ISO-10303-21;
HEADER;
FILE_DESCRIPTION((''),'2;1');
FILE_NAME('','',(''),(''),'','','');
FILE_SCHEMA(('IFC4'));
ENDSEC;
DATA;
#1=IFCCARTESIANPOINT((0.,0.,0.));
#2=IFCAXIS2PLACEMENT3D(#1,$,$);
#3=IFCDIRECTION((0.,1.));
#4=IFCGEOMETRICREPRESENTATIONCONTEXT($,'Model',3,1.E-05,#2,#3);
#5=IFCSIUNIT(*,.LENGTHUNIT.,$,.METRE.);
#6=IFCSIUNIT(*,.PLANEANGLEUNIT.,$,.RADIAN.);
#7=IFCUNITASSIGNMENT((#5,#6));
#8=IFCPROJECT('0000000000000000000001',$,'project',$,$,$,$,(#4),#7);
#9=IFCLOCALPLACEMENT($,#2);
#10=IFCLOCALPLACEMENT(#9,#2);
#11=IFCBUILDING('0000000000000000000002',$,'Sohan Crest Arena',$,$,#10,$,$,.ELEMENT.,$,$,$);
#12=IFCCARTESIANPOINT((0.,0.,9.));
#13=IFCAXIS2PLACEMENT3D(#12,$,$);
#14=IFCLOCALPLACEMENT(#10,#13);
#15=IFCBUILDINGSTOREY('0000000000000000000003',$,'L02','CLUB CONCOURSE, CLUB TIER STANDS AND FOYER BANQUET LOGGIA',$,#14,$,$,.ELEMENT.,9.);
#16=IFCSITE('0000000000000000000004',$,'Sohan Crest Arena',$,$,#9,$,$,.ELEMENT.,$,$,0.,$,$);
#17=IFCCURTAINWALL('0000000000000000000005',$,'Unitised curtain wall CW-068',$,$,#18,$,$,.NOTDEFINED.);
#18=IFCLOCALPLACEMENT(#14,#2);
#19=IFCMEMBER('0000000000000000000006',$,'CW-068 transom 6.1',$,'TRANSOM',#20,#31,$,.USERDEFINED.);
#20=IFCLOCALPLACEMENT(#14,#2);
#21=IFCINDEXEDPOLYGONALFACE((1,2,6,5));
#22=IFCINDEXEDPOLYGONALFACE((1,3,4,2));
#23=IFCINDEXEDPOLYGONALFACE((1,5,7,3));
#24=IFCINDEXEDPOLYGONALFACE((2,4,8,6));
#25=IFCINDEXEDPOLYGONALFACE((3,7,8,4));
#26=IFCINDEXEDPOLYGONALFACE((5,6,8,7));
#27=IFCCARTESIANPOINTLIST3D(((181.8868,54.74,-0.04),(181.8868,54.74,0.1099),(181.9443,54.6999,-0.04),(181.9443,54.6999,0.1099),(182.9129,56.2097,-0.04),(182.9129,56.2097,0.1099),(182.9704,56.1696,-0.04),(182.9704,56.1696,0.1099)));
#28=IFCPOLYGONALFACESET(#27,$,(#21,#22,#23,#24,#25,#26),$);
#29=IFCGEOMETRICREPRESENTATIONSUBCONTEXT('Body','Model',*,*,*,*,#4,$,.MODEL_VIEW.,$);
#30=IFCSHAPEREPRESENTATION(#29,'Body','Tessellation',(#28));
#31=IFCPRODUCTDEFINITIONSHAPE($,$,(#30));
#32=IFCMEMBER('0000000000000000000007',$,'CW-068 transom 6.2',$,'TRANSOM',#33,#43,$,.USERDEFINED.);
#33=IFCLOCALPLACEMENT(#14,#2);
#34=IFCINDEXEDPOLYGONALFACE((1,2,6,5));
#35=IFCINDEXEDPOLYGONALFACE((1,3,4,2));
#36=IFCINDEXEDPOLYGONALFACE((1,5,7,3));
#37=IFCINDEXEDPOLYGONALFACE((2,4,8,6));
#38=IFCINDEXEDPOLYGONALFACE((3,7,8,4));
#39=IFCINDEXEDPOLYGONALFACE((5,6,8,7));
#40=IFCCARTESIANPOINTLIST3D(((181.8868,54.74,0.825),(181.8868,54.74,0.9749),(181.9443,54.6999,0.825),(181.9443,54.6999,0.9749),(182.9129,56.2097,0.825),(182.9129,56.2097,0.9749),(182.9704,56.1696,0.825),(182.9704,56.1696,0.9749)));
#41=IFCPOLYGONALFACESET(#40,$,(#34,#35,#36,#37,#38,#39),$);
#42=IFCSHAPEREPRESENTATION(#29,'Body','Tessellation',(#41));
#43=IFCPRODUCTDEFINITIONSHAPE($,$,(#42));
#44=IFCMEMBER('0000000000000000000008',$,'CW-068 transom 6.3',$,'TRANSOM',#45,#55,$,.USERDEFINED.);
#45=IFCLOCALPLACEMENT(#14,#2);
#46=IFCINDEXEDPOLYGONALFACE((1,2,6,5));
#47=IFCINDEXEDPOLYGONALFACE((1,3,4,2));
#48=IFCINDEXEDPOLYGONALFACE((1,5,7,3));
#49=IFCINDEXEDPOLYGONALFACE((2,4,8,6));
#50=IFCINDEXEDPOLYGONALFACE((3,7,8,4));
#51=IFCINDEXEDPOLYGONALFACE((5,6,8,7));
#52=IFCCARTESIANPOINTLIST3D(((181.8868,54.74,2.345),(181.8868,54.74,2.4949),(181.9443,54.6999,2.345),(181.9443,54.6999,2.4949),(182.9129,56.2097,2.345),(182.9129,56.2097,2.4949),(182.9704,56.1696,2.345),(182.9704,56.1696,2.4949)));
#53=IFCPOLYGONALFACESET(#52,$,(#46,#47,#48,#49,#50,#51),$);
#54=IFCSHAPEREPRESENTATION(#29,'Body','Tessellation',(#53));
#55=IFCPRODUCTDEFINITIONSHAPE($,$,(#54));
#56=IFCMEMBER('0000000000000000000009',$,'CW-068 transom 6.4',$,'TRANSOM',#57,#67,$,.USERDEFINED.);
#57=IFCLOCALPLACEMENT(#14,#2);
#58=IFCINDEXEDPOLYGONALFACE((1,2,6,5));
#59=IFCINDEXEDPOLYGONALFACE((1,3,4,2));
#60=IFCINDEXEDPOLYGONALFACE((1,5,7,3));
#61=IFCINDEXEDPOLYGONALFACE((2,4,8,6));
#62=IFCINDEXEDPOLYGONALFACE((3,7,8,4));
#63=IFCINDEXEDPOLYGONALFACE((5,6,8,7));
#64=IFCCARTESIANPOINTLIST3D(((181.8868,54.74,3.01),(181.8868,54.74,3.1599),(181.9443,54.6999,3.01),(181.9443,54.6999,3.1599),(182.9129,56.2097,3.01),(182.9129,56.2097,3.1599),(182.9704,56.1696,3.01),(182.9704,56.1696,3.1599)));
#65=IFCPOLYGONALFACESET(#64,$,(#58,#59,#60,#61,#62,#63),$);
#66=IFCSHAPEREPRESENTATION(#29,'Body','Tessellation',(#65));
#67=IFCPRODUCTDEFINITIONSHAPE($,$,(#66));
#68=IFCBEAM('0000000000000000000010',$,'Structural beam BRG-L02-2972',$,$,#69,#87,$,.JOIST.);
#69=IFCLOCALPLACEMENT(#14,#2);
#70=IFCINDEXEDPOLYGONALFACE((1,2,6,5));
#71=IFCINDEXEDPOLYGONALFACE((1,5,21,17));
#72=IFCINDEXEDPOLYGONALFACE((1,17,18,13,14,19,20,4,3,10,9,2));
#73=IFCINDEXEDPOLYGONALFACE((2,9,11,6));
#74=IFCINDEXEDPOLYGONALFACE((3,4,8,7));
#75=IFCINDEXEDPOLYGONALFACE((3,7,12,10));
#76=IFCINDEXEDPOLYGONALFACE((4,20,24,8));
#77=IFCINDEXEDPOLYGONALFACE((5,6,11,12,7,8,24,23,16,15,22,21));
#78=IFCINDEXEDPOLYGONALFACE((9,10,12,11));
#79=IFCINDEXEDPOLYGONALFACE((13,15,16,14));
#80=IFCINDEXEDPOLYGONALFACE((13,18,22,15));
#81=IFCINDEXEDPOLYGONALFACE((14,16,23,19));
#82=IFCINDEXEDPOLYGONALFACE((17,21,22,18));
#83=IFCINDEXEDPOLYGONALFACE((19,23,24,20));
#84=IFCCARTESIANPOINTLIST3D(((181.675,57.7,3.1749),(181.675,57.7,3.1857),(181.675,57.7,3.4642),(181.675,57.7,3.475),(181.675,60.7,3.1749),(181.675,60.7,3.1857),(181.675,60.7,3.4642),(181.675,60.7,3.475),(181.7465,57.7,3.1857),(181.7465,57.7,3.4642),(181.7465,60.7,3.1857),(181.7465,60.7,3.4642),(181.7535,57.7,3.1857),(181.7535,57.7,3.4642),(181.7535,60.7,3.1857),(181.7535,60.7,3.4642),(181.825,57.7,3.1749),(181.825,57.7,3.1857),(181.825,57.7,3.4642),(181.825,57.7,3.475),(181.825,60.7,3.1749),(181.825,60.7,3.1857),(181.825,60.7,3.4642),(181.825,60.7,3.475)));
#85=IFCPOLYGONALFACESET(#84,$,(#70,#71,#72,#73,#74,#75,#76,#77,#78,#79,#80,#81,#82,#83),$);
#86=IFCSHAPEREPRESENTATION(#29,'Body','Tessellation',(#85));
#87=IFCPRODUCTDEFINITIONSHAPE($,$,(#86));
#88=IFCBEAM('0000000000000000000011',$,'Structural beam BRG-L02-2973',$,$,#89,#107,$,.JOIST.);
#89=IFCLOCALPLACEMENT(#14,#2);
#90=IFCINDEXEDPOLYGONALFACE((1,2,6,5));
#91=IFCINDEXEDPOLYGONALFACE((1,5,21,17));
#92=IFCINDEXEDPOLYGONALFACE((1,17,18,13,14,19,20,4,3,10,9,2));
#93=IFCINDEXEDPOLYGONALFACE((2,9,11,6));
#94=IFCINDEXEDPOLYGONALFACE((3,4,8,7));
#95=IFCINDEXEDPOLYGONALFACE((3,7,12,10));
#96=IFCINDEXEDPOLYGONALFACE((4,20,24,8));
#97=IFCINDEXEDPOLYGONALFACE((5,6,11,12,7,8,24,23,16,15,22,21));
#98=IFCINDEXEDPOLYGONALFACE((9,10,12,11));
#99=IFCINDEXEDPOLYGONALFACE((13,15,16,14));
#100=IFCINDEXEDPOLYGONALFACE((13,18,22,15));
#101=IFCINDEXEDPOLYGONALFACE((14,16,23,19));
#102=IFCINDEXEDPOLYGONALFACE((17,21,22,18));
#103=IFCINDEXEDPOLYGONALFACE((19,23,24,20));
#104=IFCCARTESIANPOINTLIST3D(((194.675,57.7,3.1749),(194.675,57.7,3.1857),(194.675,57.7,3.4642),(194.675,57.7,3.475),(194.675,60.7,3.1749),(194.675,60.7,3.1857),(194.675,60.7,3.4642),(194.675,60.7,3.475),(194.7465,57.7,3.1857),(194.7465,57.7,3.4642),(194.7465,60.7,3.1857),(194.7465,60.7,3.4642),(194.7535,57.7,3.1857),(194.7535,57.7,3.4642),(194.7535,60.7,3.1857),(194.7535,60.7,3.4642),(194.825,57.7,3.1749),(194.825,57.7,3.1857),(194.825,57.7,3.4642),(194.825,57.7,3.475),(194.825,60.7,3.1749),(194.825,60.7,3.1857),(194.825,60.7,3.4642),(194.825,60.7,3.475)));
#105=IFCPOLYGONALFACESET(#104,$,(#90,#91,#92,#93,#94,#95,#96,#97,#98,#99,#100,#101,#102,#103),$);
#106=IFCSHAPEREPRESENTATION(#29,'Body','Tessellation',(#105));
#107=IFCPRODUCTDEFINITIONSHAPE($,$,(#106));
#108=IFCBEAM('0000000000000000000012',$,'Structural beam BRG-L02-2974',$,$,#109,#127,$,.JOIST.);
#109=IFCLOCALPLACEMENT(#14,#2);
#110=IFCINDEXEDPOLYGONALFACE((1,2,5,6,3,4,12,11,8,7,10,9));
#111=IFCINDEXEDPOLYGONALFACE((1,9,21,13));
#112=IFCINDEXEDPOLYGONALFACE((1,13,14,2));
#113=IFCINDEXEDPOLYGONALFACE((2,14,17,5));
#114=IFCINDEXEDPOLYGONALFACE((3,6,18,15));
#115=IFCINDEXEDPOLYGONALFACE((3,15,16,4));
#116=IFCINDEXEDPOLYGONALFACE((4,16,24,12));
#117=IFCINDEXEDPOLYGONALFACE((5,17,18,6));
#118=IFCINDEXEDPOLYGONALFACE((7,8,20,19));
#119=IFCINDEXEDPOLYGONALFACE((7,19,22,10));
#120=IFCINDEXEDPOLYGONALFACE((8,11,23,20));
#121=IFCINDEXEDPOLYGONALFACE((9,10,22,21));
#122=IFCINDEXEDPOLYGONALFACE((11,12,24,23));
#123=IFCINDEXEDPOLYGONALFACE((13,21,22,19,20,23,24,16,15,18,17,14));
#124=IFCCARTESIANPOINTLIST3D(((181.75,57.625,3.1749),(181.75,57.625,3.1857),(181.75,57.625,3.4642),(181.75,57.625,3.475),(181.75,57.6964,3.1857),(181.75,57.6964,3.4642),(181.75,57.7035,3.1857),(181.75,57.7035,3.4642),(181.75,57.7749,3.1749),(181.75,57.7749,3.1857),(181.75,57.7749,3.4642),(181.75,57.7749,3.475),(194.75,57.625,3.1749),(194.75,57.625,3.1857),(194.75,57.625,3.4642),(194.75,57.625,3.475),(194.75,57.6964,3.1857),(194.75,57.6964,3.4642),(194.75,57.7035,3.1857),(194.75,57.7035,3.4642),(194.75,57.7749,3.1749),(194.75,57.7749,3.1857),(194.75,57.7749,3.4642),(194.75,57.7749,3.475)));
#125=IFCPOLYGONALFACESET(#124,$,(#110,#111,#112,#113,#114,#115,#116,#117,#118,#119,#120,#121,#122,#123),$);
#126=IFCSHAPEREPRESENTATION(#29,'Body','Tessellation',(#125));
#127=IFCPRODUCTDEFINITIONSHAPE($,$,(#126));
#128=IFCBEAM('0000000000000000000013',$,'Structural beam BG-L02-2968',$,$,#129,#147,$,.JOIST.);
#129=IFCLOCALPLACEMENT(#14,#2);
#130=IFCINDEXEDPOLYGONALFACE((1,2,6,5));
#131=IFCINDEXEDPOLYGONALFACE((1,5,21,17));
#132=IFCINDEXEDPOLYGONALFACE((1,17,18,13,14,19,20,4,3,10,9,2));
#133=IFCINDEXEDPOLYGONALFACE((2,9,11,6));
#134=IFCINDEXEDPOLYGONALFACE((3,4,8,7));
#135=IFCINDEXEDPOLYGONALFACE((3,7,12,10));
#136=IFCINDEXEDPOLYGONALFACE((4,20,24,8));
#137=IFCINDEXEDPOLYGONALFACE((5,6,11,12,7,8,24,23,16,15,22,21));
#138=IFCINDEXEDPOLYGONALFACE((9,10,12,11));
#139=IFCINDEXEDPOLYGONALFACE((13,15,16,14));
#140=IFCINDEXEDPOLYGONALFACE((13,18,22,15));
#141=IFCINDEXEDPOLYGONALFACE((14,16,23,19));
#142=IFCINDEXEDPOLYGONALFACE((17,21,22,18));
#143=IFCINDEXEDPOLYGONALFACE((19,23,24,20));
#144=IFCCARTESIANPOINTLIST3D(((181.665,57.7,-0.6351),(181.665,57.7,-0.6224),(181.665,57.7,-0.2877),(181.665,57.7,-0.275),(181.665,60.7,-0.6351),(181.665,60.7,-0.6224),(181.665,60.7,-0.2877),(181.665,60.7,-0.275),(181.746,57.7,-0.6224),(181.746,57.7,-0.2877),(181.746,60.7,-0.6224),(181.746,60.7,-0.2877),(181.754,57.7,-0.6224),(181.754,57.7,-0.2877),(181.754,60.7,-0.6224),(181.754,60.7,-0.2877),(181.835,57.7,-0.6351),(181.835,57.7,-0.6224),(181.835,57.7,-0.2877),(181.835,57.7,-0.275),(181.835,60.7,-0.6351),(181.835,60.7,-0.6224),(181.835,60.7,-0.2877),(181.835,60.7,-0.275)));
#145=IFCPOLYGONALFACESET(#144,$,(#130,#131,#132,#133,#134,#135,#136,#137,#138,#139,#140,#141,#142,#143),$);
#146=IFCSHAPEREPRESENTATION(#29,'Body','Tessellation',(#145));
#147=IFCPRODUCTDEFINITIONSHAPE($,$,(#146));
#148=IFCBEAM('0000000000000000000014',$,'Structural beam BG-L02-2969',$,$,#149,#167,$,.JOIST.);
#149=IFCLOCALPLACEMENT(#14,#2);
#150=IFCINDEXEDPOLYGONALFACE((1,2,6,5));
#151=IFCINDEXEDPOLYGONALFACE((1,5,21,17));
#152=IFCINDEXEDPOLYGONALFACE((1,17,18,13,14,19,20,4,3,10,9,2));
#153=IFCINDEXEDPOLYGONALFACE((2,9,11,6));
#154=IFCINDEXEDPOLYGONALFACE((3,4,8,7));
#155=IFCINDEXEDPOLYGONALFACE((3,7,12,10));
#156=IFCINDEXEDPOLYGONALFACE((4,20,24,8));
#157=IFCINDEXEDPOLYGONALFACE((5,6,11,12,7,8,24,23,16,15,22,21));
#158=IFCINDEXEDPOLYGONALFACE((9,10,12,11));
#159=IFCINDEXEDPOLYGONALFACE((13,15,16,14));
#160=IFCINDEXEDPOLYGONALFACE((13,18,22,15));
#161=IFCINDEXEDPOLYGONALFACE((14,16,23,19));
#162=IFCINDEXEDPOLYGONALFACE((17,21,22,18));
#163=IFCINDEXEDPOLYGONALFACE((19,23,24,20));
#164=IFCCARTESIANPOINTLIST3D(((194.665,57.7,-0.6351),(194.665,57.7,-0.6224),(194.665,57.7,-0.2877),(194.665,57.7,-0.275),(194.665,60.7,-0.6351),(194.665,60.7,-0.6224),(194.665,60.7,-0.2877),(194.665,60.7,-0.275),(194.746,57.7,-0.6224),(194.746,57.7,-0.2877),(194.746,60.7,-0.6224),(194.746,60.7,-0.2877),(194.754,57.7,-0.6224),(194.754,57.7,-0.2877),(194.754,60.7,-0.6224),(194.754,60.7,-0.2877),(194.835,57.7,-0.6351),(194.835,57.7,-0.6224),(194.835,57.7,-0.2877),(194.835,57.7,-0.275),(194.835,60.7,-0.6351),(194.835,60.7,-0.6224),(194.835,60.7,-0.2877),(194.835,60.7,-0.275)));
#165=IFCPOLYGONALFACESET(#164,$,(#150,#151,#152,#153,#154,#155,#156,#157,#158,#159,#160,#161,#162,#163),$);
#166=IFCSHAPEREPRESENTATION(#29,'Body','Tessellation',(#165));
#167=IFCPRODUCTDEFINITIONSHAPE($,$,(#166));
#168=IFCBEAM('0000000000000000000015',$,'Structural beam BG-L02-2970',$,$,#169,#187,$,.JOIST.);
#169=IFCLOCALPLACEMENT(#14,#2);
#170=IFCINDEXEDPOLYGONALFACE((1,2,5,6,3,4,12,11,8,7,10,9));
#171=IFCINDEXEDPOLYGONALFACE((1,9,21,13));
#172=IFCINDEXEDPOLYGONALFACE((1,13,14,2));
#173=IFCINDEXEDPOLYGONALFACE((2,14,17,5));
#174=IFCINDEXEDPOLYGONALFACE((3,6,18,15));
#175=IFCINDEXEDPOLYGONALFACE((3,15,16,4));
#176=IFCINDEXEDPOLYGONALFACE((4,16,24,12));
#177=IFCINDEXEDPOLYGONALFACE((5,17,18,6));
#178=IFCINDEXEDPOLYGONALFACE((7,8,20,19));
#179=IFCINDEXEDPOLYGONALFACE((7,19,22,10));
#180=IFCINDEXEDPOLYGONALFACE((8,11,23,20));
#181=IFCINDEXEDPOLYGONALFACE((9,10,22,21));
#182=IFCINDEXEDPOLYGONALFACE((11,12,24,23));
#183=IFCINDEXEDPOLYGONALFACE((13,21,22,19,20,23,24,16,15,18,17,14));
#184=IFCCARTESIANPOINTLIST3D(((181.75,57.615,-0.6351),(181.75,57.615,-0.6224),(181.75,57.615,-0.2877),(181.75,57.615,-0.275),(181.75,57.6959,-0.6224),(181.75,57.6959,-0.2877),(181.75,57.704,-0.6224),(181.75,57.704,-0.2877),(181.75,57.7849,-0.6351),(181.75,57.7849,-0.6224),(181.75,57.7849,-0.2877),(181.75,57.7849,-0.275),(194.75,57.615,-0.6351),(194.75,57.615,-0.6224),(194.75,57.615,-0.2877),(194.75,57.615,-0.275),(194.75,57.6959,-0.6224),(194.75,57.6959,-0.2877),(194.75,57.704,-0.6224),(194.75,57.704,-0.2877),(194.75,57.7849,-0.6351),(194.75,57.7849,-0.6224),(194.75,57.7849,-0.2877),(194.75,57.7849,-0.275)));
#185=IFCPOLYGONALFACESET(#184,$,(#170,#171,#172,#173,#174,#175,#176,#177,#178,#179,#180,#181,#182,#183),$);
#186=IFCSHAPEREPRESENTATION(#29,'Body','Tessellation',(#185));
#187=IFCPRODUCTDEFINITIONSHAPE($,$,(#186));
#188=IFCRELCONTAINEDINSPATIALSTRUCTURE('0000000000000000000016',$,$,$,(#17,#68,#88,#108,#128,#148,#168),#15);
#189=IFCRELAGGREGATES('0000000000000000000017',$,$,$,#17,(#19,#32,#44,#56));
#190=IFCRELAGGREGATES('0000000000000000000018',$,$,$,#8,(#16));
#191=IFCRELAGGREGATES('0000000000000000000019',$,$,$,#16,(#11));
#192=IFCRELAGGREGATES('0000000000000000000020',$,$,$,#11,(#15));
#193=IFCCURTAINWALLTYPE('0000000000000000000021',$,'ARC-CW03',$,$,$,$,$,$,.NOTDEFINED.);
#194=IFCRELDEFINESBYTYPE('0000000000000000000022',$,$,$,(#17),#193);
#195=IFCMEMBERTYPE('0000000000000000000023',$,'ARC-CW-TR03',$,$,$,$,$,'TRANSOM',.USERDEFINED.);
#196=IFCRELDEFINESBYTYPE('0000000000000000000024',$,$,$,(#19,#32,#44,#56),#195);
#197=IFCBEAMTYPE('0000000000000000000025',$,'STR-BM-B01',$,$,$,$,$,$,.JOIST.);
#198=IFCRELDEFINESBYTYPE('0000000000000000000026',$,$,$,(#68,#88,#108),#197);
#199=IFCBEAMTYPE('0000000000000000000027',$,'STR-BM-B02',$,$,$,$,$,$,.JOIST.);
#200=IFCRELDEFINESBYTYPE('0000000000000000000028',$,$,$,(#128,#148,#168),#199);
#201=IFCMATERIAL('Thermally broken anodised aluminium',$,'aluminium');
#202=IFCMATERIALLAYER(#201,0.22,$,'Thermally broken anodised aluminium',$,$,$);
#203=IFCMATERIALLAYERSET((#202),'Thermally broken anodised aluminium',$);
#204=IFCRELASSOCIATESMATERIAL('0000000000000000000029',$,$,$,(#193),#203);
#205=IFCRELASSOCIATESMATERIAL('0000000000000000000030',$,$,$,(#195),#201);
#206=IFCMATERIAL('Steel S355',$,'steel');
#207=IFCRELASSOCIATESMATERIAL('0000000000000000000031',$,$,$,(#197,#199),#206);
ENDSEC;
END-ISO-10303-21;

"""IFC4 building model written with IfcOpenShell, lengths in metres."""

from ifc_helpers import new_model, si_unit, direction, frame, origin, origin_2d, place, context, subcontext, project, spatial, rectangle, i_section, extrude, material, layer, layer_set, material_profile, profile_set, type_object, element, aggregate, save


model = new_model("IFC4")

# Units and contexts
model_context = context("Model", 3, precision=1e-05, world=origin(), true_north=direction((0.0, 1.0)))
body_context = subcontext(model_context, "Body", "Model", "MODEL_VIEW")
ifc_project = project(units=[si_unit("LENGTHUNIT", "METRE"), si_unit("PLANEANGLEUNIT", "RADIAN")], contexts=[model_context])

# Site, building, storey
site_placement = place(None, origin())
site = spatial("IfcSite", under=ifc_project, at=site_placement, Name="Sohan Crest Arena", CompositionType="ELEMENT", RefElevation=0.0)
building_placement = place(site_placement, origin())
building = spatial("IfcBuilding", under=site, at=building_placement, Name="Sohan Crest Arena", CompositionType="ELEMENT")
storey_placement = place(building_placement, frame((0.0, 0.0, 9.0)))
storey = spatial("IfcBuildingStorey", under=building, at=storey_placement, Name="L02", Description="CLUB CONCOURSE, CLUB TIER STANDS AND FOYER BANQUET LOGGIA", CompositionType="ELEMENT", Elevation=9.0)

# Shared definitions
ifc_material_1 = material(Name="Steel S355", Category="steel")

# Curtain wall, members
ifc_material_2 = material(Name="Thermally broken anodised aluminium", Category="aluminium")
ifc_layer_1 = layer(ifc_material_2, 0.22, Name="Thermally broken anodised aluminium")
ifc_layer_set_1 = layer_set([ifc_layer_1], Name="Thermally broken anodised aluminium")
curtain_wall_type = type_object("IfcCurtainWallType", Name="ARC-CW03", PredefinedType="NOTDEFINED", material=ifc_layer_set_1)
curtain_wall_placement = place(storey_placement, origin())
curtain_wall = element("IfcCurtainWall", 1, at=curtain_wall_placement, inside=storey, type_object=curtain_wall_type, Name="Unitised curtain wall CW-068", PredefinedType="NOTDEFINED")
ifc_material_profile_1 = material_profile(ifc_material_2, rectangle(XDim=0.0701, YDim=0.1499, at=origin_2d()), Name="ALU-TRAN 70x150")
ifc_profile_set_1 = profile_set([ifc_material_profile_1], Name="Thermally broken anodised aluminium")
member_type_1 = type_object("IfcMemberType", Name="ARC-CW-TR03", ElementType="TRANSOM", PredefinedType="USERDEFINED", material=ifc_profile_set_1)
member_1_placement = place(storey_placement, frame((181.9155, 54.72, 0.0349), z_axis=(0.572456, 0.819935, 0.0), x_axis=(-0.819935, 0.572456, 0.0)))
member_1 = element("IfcMember", 2, at=member_1_placement, type_object=member_type_1, Name="CW-068 transom 6.1", ObjectType="TRANSOM", PredefinedType="USERDEFINED", context=body_context, shape_type="SweptSolid", body=[
    extrude(rectangle(XDim=0.0701, YDim=0.1499, at=origin_2d()), origin(), (0.0, 0.0, 1.0), 1.7925),
])
member_2_placement = place(storey_placement, frame((181.9155, 54.72, 0.8999), z_axis=(0.572456, 0.819935, 0.0), x_axis=(-0.819935, 0.572456, 0.0)))
member_2 = element("IfcMember", 3, at=member_2_placement, type_object=member_type_1, Name="CW-068 transom 6.2", ObjectType="TRANSOM", PredefinedType="USERDEFINED", context=body_context, shape_type="SweptSolid", body=[
    extrude(rectangle(XDim=0.0701, YDim=0.1499, at=origin_2d()), origin(), (0.0, 0.0, 1.0), 1.7925),
])
member_3_placement = place(storey_placement, frame((181.9155, 54.72, 2.4199), z_axis=(0.572456, 0.819935, 0.0), x_axis=(-0.819935, 0.572456, 0.0)))
member_3 = element("IfcMember", 4, at=member_3_placement, type_object=member_type_1, Name="CW-068 transom 6.3", ObjectType="TRANSOM", PredefinedType="USERDEFINED", context=body_context, shape_type="SweptSolid", body=[
    extrude(rectangle(XDim=0.0701, YDim=0.1499, at=origin_2d()), origin(), (0.0, 0.0, 1.0), 1.7925),
])
member_4_placement = place(storey_placement, frame((181.9155, 54.72, 3.085), z_axis=(0.572456, 0.819935, 0.0), x_axis=(-0.819935, 0.572456, 0.0)))
member_4 = element("IfcMember", 5, at=member_4_placement, type_object=member_type_1, Name="CW-068 transom 6.4", ObjectType="TRANSOM", PredefinedType="USERDEFINED", context=body_context, shape_type="SweptSolid", body=[
    extrude(rectangle(XDim=0.0701, YDim=0.1499, at=origin_2d()), origin(), (0.0, 0.0, 1.0), 1.7925),
])

# Beams
ifc_material_profile_2 = material_profile(ifc_material_1, i_section(OverallWidth=0.1499, OverallDepth=0.3, WebThickness=0.0071, FlangeThickness=0.0107, at=origin_2d()), Name="IPE 300")
ifc_profile_set_2 = profile_set([ifc_material_profile_2], Name="Steel S355")
beam_type_1 = type_object("IfcBeamType", Name="STR-BM-B01", PredefinedType="JOIST", material=ifc_profile_set_2)
for number, where, z_axis, x_axis, name in (
    (6, (181.75, 57.7, 3.325), (0.0, 1.0, 0.0), (-1.0, 0.0, 0.0), "Structural beam BRG-L02-2972"),
    (7, (194.75, 57.7, 3.325), (0.0, 1.0, 0.0), (-1.0, 0.0, 0.0), "Structural beam BRG-L02-2973"),
):
    element("IfcBeam", number, at=place(storey_placement, frame(where, z_axis=z_axis, x_axis=x_axis)), inside=storey, type_object=beam_type_1, Name=name, PredefinedType="JOIST", context=body_context, shape_type="SweptSolid", body=[
        extrude(i_section(OverallWidth=0.1499, OverallDepth=0.3, WebThickness=0.0071, FlangeThickness=0.0107, at=origin_2d()), origin(), (0.0, 0.0, 1.0), 3.0),
    ])
beam_1_placement = place(storey_placement, frame((181.75, 57.7, 3.325), z_axis=(1.0, 0.0, 0.0), x_axis=(0.0, 1.0, 0.0)))
element("IfcBeam", 8, at=beam_1_placement, inside=storey, type_object=beam_type_1, Name="Structural beam BRG-L02-2974", PredefinedType="JOIST", context=body_context, shape_type="SweptSolid", body=[
    extrude(i_section(OverallWidth=0.1499, OverallDepth=0.3, WebThickness=0.0071, FlangeThickness=0.0107, at=origin_2d()), origin(), (0.0, 0.0, 1.0), 13.0),
])
ifc_material_profile_3 = material_profile(ifc_material_1, i_section(OverallWidth=0.1699, OverallDepth=0.3601, WebThickness=0.0081, FlangeThickness=0.0127, at=origin_2d()), Name="IPE 360")
ifc_profile_set_3 = profile_set([ifc_material_profile_3], Name="Steel S355")
beam_type_2 = type_object("IfcBeamType", Name="STR-BM-B02", PredefinedType="JOIST", material=ifc_profile_set_3)
for number, where, z_axis, x_axis, name in (
    (9, (181.75, 57.7, -0.4551), (0.0, 1.0, 0.0), (-1.0, 0.0, 0.0), "Structural beam BG-L02-2968"),
    (10, (194.75, 57.7, -0.4551), (0.0, 1.0, 0.0), (-1.0, 0.0, 0.0), "Structural beam BG-L02-2969"),
):
    element("IfcBeam", number, at=place(storey_placement, frame(where, z_axis=z_axis, x_axis=x_axis)), inside=storey, type_object=beam_type_2, Name=name, PredefinedType="JOIST", context=body_context, shape_type="SweptSolid", body=[
        extrude(i_section(OverallWidth=0.1699, OverallDepth=0.3601, WebThickness=0.0081, FlangeThickness=0.0127, at=origin_2d()), origin(), (0.0, 0.0, 1.0), 3.0),
    ])
beam_2_placement = place(storey_placement, frame((181.75, 57.7, -0.4551), z_axis=(1.0, 0.0, 0.0), x_axis=(0.0, 1.0, 0.0)))
element("IfcBeam", 11, at=beam_2_placement, inside=storey, type_object=beam_type_2, Name="Structural beam BG-L02-2970", PredefinedType="JOIST", context=body_context, shape_type="SweptSolid", body=[
    extrude(i_section(OverallWidth=0.1699, OverallDepth=0.3601, WebThickness=0.0081, FlangeThickness=0.0127, at=origin_2d()), origin(), (0.0, 0.0, 1.0), 13.0),
])

aggregate(curtain_wall, [member_1, member_2, member_3, member_4])

save(model, "model.ifc")
